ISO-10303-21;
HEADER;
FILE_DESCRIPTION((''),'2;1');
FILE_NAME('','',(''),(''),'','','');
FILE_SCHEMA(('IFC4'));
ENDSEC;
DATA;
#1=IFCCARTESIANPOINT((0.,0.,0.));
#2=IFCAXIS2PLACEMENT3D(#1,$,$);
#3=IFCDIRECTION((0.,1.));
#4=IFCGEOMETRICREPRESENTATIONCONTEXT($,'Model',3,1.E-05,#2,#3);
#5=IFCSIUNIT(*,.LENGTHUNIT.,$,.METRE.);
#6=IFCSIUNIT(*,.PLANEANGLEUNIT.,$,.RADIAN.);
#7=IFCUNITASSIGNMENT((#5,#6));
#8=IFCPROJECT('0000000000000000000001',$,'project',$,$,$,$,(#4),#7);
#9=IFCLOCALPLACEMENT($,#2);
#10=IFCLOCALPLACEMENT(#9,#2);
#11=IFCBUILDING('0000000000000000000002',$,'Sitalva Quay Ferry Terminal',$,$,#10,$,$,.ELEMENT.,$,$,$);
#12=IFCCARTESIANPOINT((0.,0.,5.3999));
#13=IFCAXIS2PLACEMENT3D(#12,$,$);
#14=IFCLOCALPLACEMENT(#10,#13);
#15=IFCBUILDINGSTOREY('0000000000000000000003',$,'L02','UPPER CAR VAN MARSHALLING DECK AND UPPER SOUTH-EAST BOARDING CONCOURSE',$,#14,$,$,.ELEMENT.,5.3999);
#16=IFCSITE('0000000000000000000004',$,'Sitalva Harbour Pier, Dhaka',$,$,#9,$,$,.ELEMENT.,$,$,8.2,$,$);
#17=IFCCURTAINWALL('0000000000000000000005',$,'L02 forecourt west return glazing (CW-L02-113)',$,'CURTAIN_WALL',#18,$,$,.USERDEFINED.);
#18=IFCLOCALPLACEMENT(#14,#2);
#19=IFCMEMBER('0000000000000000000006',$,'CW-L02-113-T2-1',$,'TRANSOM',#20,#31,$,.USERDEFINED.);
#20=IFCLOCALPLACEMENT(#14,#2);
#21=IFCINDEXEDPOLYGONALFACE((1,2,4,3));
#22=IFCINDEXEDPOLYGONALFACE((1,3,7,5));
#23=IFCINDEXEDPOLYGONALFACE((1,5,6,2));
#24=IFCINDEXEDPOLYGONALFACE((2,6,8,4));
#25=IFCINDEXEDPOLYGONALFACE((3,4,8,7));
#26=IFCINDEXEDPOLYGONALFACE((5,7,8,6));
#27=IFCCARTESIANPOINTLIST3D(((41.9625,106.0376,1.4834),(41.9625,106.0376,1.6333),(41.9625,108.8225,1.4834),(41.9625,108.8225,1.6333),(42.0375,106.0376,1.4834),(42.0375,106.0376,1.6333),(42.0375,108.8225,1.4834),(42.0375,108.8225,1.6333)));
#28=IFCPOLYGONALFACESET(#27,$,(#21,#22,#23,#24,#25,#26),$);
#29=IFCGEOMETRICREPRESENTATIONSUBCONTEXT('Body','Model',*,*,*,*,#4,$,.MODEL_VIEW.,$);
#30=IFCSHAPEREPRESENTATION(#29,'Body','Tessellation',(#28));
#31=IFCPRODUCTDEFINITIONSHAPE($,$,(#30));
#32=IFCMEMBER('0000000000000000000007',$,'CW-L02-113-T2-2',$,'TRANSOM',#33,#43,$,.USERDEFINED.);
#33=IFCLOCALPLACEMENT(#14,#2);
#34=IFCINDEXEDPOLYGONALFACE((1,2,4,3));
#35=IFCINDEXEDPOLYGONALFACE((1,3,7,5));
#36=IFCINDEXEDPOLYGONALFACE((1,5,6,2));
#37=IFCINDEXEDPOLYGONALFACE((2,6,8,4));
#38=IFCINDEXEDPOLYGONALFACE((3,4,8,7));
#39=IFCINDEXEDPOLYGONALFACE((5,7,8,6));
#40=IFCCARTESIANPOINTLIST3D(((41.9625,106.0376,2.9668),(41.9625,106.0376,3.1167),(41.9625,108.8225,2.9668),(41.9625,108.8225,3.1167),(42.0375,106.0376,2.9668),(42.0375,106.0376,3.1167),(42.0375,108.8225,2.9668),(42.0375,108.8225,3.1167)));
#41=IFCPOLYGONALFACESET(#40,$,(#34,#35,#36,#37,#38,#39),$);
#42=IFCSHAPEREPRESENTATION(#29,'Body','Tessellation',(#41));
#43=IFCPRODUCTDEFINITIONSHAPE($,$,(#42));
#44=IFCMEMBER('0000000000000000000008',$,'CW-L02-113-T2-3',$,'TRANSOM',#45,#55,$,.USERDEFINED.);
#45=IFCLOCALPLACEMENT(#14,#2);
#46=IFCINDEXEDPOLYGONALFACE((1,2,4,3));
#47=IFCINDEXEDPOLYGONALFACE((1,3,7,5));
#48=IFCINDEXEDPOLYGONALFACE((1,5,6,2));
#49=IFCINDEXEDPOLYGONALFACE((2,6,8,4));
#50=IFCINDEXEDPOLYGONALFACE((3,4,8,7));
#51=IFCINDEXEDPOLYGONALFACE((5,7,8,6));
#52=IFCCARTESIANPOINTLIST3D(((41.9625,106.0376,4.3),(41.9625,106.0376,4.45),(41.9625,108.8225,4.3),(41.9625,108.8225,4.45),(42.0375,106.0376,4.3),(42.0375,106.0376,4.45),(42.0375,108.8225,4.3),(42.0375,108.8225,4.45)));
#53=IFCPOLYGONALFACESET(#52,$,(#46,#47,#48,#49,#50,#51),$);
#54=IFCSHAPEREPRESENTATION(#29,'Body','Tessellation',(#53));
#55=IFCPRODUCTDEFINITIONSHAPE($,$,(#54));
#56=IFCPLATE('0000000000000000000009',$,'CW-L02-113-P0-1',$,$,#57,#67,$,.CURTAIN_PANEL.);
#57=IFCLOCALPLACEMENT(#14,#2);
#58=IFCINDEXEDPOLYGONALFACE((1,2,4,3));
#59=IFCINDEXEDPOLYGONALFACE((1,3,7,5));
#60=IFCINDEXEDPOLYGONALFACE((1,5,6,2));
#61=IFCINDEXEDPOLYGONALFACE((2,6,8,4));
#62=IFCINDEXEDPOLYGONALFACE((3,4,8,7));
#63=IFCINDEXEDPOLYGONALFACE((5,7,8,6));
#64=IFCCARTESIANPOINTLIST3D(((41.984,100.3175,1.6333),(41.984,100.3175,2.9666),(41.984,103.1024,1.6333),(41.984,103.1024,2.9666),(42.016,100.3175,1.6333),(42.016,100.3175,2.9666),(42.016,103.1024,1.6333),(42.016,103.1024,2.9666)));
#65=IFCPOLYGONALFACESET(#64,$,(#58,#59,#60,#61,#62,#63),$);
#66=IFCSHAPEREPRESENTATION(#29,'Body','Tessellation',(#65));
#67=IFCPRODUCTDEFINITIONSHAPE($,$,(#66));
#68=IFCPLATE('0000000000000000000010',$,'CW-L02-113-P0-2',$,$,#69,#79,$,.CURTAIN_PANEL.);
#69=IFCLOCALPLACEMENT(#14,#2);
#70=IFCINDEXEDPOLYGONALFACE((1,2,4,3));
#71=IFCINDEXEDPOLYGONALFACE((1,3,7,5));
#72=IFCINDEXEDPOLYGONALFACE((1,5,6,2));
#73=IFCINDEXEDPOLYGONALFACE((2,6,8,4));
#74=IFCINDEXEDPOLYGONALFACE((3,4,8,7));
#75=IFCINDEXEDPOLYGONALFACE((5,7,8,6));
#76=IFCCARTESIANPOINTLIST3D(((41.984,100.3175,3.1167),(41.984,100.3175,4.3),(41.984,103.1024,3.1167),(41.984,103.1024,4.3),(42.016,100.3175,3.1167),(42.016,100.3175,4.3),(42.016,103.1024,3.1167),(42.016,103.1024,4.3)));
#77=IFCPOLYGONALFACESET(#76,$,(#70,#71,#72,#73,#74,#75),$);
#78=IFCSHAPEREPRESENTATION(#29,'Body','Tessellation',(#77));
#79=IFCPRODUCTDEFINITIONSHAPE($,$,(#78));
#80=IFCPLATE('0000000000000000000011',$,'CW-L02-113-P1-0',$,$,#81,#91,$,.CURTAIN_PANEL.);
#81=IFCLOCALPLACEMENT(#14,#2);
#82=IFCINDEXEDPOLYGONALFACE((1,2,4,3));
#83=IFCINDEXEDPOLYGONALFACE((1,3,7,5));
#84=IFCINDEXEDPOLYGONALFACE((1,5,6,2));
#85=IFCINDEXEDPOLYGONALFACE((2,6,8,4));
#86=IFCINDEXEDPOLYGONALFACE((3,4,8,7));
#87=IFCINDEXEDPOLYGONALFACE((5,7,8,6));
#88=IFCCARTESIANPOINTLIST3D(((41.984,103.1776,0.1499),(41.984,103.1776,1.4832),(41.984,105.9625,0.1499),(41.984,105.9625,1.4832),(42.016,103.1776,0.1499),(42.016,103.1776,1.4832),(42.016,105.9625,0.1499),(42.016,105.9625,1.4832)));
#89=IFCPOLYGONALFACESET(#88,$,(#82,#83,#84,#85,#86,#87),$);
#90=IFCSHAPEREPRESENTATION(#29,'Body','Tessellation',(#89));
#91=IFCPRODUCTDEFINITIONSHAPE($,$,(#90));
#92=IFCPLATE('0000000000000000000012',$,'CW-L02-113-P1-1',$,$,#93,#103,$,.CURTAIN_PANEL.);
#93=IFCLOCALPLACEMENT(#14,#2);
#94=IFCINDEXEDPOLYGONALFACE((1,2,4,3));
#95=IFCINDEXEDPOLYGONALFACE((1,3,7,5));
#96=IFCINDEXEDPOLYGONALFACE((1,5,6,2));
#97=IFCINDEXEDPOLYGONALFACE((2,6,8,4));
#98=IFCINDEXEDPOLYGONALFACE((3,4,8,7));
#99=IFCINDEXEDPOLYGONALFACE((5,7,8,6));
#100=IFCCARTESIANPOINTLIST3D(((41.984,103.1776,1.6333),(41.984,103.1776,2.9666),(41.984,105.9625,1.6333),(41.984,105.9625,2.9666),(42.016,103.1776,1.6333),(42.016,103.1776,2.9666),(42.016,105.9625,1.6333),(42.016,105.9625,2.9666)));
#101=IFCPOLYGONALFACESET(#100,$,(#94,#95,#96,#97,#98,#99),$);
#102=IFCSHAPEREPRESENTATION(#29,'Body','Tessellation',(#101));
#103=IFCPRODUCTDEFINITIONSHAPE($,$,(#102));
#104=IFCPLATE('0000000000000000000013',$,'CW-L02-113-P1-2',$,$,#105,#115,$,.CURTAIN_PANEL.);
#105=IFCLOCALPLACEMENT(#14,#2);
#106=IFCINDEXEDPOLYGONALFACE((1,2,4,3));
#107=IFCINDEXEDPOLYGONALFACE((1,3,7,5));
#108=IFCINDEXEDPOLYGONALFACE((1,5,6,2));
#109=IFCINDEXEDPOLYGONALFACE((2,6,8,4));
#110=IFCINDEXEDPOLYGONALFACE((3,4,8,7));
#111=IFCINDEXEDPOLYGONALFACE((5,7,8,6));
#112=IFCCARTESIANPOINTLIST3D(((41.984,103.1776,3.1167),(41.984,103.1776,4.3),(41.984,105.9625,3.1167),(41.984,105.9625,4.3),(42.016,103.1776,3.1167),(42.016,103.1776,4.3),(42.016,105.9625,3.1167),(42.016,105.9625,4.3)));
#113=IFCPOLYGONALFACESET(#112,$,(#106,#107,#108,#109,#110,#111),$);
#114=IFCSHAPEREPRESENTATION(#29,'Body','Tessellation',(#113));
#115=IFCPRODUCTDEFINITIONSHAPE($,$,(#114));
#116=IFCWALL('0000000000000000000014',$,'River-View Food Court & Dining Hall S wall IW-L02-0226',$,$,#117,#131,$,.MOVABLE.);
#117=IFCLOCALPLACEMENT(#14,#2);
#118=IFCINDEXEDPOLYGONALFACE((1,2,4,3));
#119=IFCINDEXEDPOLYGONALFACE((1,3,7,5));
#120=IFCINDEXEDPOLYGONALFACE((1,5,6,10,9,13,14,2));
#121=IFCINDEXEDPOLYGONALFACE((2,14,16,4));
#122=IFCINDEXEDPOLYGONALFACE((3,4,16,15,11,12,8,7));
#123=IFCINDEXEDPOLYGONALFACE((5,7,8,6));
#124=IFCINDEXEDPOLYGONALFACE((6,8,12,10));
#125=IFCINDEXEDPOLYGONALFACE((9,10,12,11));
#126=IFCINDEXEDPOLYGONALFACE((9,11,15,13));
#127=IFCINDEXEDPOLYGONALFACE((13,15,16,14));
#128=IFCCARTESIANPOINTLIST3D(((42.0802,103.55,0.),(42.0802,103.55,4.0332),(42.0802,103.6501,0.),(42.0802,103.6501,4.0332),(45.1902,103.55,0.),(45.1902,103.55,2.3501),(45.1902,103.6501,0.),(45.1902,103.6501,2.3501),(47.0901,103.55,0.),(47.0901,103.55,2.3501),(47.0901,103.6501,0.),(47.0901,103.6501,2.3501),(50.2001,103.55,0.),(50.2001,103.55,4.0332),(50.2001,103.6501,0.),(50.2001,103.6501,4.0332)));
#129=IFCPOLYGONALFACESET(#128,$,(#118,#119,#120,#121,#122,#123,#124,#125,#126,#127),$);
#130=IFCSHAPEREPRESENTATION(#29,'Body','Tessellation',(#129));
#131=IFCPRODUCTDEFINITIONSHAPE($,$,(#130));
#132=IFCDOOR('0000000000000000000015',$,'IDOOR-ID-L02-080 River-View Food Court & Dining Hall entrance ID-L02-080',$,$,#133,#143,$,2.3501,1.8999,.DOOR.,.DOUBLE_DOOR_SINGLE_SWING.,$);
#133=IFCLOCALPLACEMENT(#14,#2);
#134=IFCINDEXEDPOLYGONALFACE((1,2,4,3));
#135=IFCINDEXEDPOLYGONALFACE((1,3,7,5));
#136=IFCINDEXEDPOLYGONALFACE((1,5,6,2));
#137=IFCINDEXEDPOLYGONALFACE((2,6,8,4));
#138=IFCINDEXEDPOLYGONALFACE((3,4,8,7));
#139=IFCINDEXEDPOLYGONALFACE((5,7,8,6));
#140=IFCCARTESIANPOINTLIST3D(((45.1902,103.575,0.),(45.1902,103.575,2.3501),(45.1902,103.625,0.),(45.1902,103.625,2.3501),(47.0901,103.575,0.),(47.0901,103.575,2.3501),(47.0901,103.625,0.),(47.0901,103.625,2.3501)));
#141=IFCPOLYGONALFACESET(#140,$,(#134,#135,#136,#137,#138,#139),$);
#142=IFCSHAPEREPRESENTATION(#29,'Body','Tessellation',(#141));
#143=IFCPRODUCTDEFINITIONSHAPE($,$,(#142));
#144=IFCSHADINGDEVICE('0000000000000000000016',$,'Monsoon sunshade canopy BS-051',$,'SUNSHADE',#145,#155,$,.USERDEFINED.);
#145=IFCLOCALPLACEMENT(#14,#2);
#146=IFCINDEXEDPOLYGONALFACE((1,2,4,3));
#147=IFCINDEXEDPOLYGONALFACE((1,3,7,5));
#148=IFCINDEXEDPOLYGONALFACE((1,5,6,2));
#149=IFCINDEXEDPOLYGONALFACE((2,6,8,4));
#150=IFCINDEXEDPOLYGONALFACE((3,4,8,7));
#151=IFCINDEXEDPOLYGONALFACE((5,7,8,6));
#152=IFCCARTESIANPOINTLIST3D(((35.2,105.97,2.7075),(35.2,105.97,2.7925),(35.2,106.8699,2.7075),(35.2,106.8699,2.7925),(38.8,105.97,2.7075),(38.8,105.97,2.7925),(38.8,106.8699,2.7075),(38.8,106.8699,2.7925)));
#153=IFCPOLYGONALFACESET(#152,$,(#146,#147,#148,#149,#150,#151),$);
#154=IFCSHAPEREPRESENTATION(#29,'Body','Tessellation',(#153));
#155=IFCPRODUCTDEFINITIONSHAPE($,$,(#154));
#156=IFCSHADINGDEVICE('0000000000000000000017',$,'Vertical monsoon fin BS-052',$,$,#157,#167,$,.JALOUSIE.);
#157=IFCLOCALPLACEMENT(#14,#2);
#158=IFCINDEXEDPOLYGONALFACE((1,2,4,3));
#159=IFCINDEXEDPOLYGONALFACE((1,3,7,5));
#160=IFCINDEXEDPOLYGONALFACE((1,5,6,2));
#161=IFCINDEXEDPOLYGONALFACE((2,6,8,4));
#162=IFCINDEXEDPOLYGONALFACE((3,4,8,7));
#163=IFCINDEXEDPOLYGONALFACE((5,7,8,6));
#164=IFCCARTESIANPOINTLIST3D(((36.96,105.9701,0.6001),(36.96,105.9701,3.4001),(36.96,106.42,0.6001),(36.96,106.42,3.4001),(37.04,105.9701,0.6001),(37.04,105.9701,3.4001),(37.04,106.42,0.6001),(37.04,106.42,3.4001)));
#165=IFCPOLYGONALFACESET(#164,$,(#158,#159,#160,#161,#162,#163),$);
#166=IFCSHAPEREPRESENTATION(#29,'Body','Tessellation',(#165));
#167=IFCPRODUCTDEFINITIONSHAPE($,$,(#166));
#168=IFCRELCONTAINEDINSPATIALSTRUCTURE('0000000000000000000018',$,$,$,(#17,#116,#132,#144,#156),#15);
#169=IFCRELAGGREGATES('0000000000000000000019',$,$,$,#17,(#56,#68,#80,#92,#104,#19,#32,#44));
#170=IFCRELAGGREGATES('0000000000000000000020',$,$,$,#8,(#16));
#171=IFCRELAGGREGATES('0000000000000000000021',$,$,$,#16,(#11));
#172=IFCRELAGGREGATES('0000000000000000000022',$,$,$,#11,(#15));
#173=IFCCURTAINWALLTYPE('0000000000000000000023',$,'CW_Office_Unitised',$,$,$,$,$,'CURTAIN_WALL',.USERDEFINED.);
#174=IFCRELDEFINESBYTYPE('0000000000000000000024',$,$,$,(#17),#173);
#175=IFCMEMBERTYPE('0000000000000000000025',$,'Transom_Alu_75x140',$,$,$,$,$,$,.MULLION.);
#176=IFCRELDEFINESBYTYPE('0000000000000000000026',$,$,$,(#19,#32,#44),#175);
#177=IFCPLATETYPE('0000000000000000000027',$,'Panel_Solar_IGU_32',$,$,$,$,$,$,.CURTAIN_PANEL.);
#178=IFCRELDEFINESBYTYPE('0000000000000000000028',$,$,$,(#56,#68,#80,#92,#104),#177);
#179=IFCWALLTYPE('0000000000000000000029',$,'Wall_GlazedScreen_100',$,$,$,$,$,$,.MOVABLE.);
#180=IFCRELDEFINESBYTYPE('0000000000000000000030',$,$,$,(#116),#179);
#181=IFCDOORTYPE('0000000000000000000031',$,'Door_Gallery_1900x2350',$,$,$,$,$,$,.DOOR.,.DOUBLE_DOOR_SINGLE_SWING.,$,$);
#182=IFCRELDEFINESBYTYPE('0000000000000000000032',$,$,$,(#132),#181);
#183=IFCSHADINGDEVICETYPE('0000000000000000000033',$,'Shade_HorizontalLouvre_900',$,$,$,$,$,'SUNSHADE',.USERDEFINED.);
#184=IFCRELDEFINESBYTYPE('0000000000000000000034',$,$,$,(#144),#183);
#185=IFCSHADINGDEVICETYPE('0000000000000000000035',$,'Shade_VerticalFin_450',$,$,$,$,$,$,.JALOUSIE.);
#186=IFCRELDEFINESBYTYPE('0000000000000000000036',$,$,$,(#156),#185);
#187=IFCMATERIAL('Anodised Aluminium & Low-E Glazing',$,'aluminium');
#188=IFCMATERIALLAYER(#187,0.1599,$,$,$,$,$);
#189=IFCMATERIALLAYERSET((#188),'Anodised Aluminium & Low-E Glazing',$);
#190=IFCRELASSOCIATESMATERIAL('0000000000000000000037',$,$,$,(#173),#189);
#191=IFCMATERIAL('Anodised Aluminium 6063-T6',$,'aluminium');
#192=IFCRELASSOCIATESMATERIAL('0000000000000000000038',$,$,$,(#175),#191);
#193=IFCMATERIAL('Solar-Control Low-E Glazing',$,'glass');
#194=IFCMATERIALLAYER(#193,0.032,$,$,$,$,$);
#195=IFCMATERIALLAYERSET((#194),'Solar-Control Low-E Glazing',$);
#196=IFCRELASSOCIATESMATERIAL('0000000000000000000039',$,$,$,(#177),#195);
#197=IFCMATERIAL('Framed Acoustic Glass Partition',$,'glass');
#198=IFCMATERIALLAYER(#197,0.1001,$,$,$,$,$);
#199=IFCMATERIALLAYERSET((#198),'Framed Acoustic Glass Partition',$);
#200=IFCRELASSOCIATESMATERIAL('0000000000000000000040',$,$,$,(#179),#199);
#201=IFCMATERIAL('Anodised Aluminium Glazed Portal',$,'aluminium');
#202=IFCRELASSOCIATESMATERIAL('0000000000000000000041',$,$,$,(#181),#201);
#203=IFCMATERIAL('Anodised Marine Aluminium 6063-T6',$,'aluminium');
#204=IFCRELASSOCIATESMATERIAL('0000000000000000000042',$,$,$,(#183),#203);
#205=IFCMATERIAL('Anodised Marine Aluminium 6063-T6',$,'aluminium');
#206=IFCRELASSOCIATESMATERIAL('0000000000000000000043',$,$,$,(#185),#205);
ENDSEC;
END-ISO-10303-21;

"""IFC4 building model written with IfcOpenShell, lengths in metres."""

from ifc_helpers import new_model, si_unit, direction, frame, frame_2d, origin, origin_2d, place, context, subcontext, project, spatial, rectangle, extrude, material, layer, layer_set, material_profile, profile_set, type_object, element, fill, aggregate, save


model = new_model("IFC4")

# Units and contexts
model_context = context("Model", 3, precision=1e-05, world=origin(), true_north=direction((0.0, 1.0)))
body_context = subcontext(model_context, "Body", "Model", "MODEL_VIEW")
ifc_project = project(units=[si_unit("LENGTHUNIT", "METRE"), si_unit("PLANEANGLEUNIT", "RADIAN")], contexts=[model_context])

# Site, building, storey
site_placement = place(None, origin())
site = spatial("IfcSite", under=ifc_project, at=site_placement, Name="Sitalva Harbour Pier, Dhaka", CompositionType="ELEMENT", RefElevation=8.2)
building_placement = place(site_placement, origin())
building = spatial("IfcBuilding", under=site, at=building_placement, Name="Sitalva Quay Ferry Terminal", CompositionType="ELEMENT")
storey_placement = place(building_placement, frame((0.0, 0.0, 5.3999)))
storey = spatial("IfcBuildingStorey", under=building, at=storey_placement, Name="L02", Description="UPPER CAR VAN MARSHALLING DECK AND UPPER SOUTH-EAST BOARDING CONCOURSE", CompositionType="ELEMENT", Elevation=5.3999)

# Curtain wall, members, plates
ifc_material_1 = material(Name="Anodised Aluminium & Low-E Glazing", Category="aluminium")
ifc_layer_1 = layer(ifc_material_1, 0.1599)
ifc_layer_set_1 = layer_set([ifc_layer_1], Name="Anodised Aluminium & Low-E Glazing")
curtain_wall_type = type_object("IfcCurtainWallType", Name="CW_Office_Unitised", ElementType="CURTAIN_WALL", PredefinedType="USERDEFINED", material=ifc_layer_set_1)
curtain_wall_placement = place(storey_placement, origin())
curtain_wall = element("IfcCurtainWall", 1, at=curtain_wall_placement, inside=storey, type_object=curtain_wall_type, Name="L02 forecourt west return glazing (CW-L02-113)", ObjectType="CURTAIN_WALL", PredefinedType="USERDEFINED")
ifc_material_2 = material(Name="Anodised Aluminium 6063-T6", Category="aluminium")
ifc_material_profile_1 = material_profile(ifc_material_2, rectangle(XDim=0.075, YDim=0.1499, at=origin_2d()), Name="ALU75x150")
ifc_profile_set_1 = profile_set([ifc_material_profile_1], Name="Anodised Aluminium 6063-T6")
member_type_1 = type_object("IfcMemberType", Name="Transom_Alu_75x140", PredefinedType="MULLION", material=ifc_profile_set_1)
member_1_placement = place(storey_placement, frame((42.0, 106.0376, 1.5583), z_axis=(0.0, 1.0, 0.0), x_axis=(-1.0, 0.0, 0.0)))
member_1 = element("IfcMember", 2, at=member_1_placement, type_object=member_type_1, Name="CW-L02-113-T2-1", ObjectType="TRANSOM", PredefinedType="USERDEFINED", context=body_context, shape_type="SweptSolid", body=[
    extrude(rectangle(XDim=0.075, YDim=0.1499, at=origin_2d()), origin(), (0.0, 0.0, 1.0), 2.7849),
])
member_2_placement = place(storey_placement, frame((42.0, 106.0376, 3.0417), z_axis=(0.0, 1.0, 0.0), x_axis=(-1.0, 0.0, 0.0)))
member_2 = element("IfcMember", 3, at=member_2_placement, type_object=member_type_1, Name="CW-L02-113-T2-2", ObjectType="TRANSOM", PredefinedType="USERDEFINED", context=body_context, shape_type="SweptSolid", body=[
    extrude(rectangle(XDim=0.075, YDim=0.1499, at=origin_2d()), origin(), (0.0, 0.0, 1.0), 2.7849),
])
member_3_placement = place(storey_placement, frame((42.0, 106.0376, 4.375), z_axis=(0.0, 1.0, 0.0), x_axis=(-1.0, 0.0, 0.0)))
member_3 = element("IfcMember", 4, at=member_3_placement, type_object=member_type_1, Name="CW-L02-113-T2-3", ObjectType="TRANSOM", PredefinedType="USERDEFINED", context=body_context, shape_type="SweptSolid", body=[
    extrude(rectangle(XDim=0.075, YDim=0.1499, at=origin_2d()), origin(), (0.0, 0.0, 1.0), 2.7849),
])
ifc_material_3 = material(Name="Solar-Control Low-E Glazing", Category="glass")
ifc_layer_2 = layer(ifc_material_3, 0.032)
ifc_layer_set_2 = layer_set([ifc_layer_2], Name="Solar-Control Low-E Glazing")
plate_type = type_object("IfcPlateType", Name="Panel_Solar_IGU_32", PredefinedType="CURTAIN_PANEL", material=ifc_layer_set_2)
plate_1_placement = place(storey_placement, frame((42.0, 101.71, 1.6333), z_axis=(0.0, 0.0, 1.0), x_axis=(0.0, 1.0, 0.0)))
plate_1 = element("IfcPlate", 5, at=plate_1_placement, type_object=plate_type, Name="CW-L02-113-P0-1", PredefinedType="CURTAIN_PANEL", context=body_context, shape_type="SweptSolid", body=[
    extrude(rectangle(XDim=2.7849, YDim=0.032, at=origin_2d()), origin(), (0.0, 0.0, 1.0), 1.3333),
])
plate_2_placement = place(storey_placement, frame((42.0, 101.71, 3.1167), z_axis=(0.0, 0.0, 1.0), x_axis=(0.0, 1.0, 0.0)))
plate_2 = element("IfcPlate", 6, at=plate_2_placement, type_object=plate_type, Name="CW-L02-113-P0-2", PredefinedType="CURTAIN_PANEL", context=body_context, shape_type="SweptSolid", body=[
    extrude(rectangle(XDim=2.7849, YDim=0.032, at=origin_2d()), origin(), (0.0, 0.0, 1.0), 1.1833),
])
plate_3_placement = place(storey_placement, frame((42.0, 104.5701, 0.1499), z_axis=(0.0, 0.0, 1.0), x_axis=(0.0, 1.0, 0.0)))
plate_3 = element("IfcPlate", 7, at=plate_3_placement, type_object=plate_type, Name="CW-L02-113-P1-0", PredefinedType="CURTAIN_PANEL", context=body_context, shape_type="SweptSolid", body=[
    extrude(rectangle(XDim=2.7849, YDim=0.032, at=origin_2d()), origin(), (0.0, 0.0, 1.0), 1.3333),
])
plate_4_placement = place(storey_placement, frame((42.0, 104.5701, 1.6333), z_axis=(0.0, 0.0, 1.0), x_axis=(0.0, 1.0, 0.0)))
plate_4 = element("IfcPlate", 8, at=plate_4_placement, type_object=plate_type, Name="CW-L02-113-P1-1", PredefinedType="CURTAIN_PANEL", context=body_context, shape_type="SweptSolid", body=[
    extrude(rectangle(XDim=2.7849, YDim=0.032, at=origin_2d()), origin(), (0.0, 0.0, 1.0), 1.3333),
])
plate_5_placement = place(storey_placement, frame((42.0, 104.5701, 3.1167), z_axis=(0.0, 0.0, 1.0), x_axis=(0.0, 1.0, 0.0)))
plate_5 = element("IfcPlate", 9, at=plate_5_placement, type_object=plate_type, Name="CW-L02-113-P1-2", PredefinedType="CURTAIN_PANEL", context=body_context, shape_type="SweptSolid", body=[
    extrude(rectangle(XDim=2.7849, YDim=0.032, at=origin_2d()), origin(), (0.0, 0.0, 1.0), 1.1833),
])
aggregate(curtain_wall, [plate_1, plate_2, plate_3, plate_4, plate_5, member_1, member_2, member_3])

# Wall, opening, door
ifc_material_4 = material(Name="Framed Acoustic Glass Partition", Category="glass")
ifc_layer_3 = layer(ifc_material_4, 0.1001)
ifc_layer_set_3 = layer_set([ifc_layer_3], Name="Framed Acoustic Glass Partition")
wall_type = type_object("IfcWallType", Name="Wall_GlazedScreen_100", PredefinedType="MOVABLE", material=ifc_layer_set_3)
wall_placement = place(storey_placement, frame((42.0801, 103.6001, 0.0), z_axis=(0.0, 0.0, 1.0), x_axis=(1.0, 0.0, 0.0)))
wall = element("IfcWall", 10, at=wall_placement, inside=storey, type_object=wall_type, Name="River-View Food Court & Dining Hall S wall IW-L02-0226", PredefinedType="MOVABLE", context=body_context, shape_type="SweptSolid", body=[
    extrude(rectangle(XDim=8.1199, YDim=0.1001, at=frame_2d((4.0601, 0.0))), origin(), (0.0, 0.0, 1.0), 4.0332),
])
opening_placement = place(wall_placement, frame((3.1101, 0.0, 0.0)))
opening = element("IfcOpeningElement", 11, at=opening_placement, cuts=wall, PredefinedType="OPENING", context=body_context, shape_type="SweptSolid", body=[
    extrude(rectangle(XDim=1.8999, YDim=2.3501, at=frame_2d((0.95, 1.175))), frame((0.0, 0.0601, 0.0), z_axis=(0.0, -1.0, 0.0), x_axis=(1.0, 0.0, 0.0)), (0.0, 0.0, 1.0), 0.1201),
])
ifc_material_5 = material(Name="Anodised Aluminium Glazed Portal", Category="aluminium")
door_type = type_object("IfcDoorType", Name="Door_Gallery_1900x2350", OperationType="DOUBLE_DOOR_SINGLE_SWING", PredefinedType="DOOR", material=ifc_material_5)
door_placement = place(opening_placement, origin())
door = element("IfcDoor", 12, at=door_placement, inside=storey, type_object=door_type, Name="IDOOR-ID-L02-080 River-View Food Court & Dining Hall entrance ID-L02-080", OperationType="DOUBLE_DOOR_SINGLE_SWING", OverallHeight=2.3501, OverallWidth=1.8999, PredefinedType="DOOR", context=body_context, shape_type="SweptSolid", body=[
    extrude(rectangle(XDim=1.8999, YDim=2.3501, at=frame_2d((0.95, 1.175))), frame((0.0, 0.0249, 0.0), z_axis=(0.0, -1.0, 0.0), x_axis=(1.0, 0.0, 0.0)), (0.0, 0.0, 1.0), 0.05),
])
fill(opening, door)

# Shading devices
ifc_material_6 = material(Name="Anodised Marine Aluminium 6063-T6", Category="aluminium")
shading_device_type_1 = type_object("IfcShadingDeviceType", Name="Shade_HorizontalLouvre_900", ElementType="SUNSHADE", PredefinedType="USERDEFINED", material=ifc_material_6)
shading_device_1_placement = place(storey_placement, frame((37.0, 106.4199, 2.7075), z_axis=(0.0, 0.0, 1.0), x_axis=(1.0, 0.0, 0.0)))
element("IfcShadingDevice", 13, at=shading_device_1_placement, inside=storey, type_object=shading_device_type_1, Name="Monsoon sunshade canopy BS-051", ObjectType="SUNSHADE", PredefinedType="USERDEFINED", context=body_context, shape_type="SweptSolid", body=[
    extrude(rectangle(XDim=3.6001, YDim=0.8999, at=origin_2d()), origin(), (0.0, 0.0, 1.0), 0.085),
])
ifc_material_7 = material(Name="Anodised Marine Aluminium 6063-T6", Category="aluminium")
shading_device_type_2 = type_object("IfcShadingDeviceType", Name="Shade_VerticalFin_450", PredefinedType="JALOUSIE", material=ifc_material_7)
shading_device_2_placement = place(storey_placement, frame((37.0, 106.1951, 0.6001), z_axis=(0.0, 0.0, 1.0), x_axis=(1.0, 0.0, 0.0)))
element("IfcShadingDevice", 14, at=shading_device_2_placement, inside=storey, type_object=shading_device_type_2, Name="Vertical monsoon fin BS-052", PredefinedType="JALOUSIE", context=body_context, shape_type="SweptSolid", body=[
    extrude(rectangle(XDim=0.0801, YDim=0.45, at=origin_2d()), origin(), (0.0, 0.0, 1.0), 2.8),
])

save(model, "model.ifc")
